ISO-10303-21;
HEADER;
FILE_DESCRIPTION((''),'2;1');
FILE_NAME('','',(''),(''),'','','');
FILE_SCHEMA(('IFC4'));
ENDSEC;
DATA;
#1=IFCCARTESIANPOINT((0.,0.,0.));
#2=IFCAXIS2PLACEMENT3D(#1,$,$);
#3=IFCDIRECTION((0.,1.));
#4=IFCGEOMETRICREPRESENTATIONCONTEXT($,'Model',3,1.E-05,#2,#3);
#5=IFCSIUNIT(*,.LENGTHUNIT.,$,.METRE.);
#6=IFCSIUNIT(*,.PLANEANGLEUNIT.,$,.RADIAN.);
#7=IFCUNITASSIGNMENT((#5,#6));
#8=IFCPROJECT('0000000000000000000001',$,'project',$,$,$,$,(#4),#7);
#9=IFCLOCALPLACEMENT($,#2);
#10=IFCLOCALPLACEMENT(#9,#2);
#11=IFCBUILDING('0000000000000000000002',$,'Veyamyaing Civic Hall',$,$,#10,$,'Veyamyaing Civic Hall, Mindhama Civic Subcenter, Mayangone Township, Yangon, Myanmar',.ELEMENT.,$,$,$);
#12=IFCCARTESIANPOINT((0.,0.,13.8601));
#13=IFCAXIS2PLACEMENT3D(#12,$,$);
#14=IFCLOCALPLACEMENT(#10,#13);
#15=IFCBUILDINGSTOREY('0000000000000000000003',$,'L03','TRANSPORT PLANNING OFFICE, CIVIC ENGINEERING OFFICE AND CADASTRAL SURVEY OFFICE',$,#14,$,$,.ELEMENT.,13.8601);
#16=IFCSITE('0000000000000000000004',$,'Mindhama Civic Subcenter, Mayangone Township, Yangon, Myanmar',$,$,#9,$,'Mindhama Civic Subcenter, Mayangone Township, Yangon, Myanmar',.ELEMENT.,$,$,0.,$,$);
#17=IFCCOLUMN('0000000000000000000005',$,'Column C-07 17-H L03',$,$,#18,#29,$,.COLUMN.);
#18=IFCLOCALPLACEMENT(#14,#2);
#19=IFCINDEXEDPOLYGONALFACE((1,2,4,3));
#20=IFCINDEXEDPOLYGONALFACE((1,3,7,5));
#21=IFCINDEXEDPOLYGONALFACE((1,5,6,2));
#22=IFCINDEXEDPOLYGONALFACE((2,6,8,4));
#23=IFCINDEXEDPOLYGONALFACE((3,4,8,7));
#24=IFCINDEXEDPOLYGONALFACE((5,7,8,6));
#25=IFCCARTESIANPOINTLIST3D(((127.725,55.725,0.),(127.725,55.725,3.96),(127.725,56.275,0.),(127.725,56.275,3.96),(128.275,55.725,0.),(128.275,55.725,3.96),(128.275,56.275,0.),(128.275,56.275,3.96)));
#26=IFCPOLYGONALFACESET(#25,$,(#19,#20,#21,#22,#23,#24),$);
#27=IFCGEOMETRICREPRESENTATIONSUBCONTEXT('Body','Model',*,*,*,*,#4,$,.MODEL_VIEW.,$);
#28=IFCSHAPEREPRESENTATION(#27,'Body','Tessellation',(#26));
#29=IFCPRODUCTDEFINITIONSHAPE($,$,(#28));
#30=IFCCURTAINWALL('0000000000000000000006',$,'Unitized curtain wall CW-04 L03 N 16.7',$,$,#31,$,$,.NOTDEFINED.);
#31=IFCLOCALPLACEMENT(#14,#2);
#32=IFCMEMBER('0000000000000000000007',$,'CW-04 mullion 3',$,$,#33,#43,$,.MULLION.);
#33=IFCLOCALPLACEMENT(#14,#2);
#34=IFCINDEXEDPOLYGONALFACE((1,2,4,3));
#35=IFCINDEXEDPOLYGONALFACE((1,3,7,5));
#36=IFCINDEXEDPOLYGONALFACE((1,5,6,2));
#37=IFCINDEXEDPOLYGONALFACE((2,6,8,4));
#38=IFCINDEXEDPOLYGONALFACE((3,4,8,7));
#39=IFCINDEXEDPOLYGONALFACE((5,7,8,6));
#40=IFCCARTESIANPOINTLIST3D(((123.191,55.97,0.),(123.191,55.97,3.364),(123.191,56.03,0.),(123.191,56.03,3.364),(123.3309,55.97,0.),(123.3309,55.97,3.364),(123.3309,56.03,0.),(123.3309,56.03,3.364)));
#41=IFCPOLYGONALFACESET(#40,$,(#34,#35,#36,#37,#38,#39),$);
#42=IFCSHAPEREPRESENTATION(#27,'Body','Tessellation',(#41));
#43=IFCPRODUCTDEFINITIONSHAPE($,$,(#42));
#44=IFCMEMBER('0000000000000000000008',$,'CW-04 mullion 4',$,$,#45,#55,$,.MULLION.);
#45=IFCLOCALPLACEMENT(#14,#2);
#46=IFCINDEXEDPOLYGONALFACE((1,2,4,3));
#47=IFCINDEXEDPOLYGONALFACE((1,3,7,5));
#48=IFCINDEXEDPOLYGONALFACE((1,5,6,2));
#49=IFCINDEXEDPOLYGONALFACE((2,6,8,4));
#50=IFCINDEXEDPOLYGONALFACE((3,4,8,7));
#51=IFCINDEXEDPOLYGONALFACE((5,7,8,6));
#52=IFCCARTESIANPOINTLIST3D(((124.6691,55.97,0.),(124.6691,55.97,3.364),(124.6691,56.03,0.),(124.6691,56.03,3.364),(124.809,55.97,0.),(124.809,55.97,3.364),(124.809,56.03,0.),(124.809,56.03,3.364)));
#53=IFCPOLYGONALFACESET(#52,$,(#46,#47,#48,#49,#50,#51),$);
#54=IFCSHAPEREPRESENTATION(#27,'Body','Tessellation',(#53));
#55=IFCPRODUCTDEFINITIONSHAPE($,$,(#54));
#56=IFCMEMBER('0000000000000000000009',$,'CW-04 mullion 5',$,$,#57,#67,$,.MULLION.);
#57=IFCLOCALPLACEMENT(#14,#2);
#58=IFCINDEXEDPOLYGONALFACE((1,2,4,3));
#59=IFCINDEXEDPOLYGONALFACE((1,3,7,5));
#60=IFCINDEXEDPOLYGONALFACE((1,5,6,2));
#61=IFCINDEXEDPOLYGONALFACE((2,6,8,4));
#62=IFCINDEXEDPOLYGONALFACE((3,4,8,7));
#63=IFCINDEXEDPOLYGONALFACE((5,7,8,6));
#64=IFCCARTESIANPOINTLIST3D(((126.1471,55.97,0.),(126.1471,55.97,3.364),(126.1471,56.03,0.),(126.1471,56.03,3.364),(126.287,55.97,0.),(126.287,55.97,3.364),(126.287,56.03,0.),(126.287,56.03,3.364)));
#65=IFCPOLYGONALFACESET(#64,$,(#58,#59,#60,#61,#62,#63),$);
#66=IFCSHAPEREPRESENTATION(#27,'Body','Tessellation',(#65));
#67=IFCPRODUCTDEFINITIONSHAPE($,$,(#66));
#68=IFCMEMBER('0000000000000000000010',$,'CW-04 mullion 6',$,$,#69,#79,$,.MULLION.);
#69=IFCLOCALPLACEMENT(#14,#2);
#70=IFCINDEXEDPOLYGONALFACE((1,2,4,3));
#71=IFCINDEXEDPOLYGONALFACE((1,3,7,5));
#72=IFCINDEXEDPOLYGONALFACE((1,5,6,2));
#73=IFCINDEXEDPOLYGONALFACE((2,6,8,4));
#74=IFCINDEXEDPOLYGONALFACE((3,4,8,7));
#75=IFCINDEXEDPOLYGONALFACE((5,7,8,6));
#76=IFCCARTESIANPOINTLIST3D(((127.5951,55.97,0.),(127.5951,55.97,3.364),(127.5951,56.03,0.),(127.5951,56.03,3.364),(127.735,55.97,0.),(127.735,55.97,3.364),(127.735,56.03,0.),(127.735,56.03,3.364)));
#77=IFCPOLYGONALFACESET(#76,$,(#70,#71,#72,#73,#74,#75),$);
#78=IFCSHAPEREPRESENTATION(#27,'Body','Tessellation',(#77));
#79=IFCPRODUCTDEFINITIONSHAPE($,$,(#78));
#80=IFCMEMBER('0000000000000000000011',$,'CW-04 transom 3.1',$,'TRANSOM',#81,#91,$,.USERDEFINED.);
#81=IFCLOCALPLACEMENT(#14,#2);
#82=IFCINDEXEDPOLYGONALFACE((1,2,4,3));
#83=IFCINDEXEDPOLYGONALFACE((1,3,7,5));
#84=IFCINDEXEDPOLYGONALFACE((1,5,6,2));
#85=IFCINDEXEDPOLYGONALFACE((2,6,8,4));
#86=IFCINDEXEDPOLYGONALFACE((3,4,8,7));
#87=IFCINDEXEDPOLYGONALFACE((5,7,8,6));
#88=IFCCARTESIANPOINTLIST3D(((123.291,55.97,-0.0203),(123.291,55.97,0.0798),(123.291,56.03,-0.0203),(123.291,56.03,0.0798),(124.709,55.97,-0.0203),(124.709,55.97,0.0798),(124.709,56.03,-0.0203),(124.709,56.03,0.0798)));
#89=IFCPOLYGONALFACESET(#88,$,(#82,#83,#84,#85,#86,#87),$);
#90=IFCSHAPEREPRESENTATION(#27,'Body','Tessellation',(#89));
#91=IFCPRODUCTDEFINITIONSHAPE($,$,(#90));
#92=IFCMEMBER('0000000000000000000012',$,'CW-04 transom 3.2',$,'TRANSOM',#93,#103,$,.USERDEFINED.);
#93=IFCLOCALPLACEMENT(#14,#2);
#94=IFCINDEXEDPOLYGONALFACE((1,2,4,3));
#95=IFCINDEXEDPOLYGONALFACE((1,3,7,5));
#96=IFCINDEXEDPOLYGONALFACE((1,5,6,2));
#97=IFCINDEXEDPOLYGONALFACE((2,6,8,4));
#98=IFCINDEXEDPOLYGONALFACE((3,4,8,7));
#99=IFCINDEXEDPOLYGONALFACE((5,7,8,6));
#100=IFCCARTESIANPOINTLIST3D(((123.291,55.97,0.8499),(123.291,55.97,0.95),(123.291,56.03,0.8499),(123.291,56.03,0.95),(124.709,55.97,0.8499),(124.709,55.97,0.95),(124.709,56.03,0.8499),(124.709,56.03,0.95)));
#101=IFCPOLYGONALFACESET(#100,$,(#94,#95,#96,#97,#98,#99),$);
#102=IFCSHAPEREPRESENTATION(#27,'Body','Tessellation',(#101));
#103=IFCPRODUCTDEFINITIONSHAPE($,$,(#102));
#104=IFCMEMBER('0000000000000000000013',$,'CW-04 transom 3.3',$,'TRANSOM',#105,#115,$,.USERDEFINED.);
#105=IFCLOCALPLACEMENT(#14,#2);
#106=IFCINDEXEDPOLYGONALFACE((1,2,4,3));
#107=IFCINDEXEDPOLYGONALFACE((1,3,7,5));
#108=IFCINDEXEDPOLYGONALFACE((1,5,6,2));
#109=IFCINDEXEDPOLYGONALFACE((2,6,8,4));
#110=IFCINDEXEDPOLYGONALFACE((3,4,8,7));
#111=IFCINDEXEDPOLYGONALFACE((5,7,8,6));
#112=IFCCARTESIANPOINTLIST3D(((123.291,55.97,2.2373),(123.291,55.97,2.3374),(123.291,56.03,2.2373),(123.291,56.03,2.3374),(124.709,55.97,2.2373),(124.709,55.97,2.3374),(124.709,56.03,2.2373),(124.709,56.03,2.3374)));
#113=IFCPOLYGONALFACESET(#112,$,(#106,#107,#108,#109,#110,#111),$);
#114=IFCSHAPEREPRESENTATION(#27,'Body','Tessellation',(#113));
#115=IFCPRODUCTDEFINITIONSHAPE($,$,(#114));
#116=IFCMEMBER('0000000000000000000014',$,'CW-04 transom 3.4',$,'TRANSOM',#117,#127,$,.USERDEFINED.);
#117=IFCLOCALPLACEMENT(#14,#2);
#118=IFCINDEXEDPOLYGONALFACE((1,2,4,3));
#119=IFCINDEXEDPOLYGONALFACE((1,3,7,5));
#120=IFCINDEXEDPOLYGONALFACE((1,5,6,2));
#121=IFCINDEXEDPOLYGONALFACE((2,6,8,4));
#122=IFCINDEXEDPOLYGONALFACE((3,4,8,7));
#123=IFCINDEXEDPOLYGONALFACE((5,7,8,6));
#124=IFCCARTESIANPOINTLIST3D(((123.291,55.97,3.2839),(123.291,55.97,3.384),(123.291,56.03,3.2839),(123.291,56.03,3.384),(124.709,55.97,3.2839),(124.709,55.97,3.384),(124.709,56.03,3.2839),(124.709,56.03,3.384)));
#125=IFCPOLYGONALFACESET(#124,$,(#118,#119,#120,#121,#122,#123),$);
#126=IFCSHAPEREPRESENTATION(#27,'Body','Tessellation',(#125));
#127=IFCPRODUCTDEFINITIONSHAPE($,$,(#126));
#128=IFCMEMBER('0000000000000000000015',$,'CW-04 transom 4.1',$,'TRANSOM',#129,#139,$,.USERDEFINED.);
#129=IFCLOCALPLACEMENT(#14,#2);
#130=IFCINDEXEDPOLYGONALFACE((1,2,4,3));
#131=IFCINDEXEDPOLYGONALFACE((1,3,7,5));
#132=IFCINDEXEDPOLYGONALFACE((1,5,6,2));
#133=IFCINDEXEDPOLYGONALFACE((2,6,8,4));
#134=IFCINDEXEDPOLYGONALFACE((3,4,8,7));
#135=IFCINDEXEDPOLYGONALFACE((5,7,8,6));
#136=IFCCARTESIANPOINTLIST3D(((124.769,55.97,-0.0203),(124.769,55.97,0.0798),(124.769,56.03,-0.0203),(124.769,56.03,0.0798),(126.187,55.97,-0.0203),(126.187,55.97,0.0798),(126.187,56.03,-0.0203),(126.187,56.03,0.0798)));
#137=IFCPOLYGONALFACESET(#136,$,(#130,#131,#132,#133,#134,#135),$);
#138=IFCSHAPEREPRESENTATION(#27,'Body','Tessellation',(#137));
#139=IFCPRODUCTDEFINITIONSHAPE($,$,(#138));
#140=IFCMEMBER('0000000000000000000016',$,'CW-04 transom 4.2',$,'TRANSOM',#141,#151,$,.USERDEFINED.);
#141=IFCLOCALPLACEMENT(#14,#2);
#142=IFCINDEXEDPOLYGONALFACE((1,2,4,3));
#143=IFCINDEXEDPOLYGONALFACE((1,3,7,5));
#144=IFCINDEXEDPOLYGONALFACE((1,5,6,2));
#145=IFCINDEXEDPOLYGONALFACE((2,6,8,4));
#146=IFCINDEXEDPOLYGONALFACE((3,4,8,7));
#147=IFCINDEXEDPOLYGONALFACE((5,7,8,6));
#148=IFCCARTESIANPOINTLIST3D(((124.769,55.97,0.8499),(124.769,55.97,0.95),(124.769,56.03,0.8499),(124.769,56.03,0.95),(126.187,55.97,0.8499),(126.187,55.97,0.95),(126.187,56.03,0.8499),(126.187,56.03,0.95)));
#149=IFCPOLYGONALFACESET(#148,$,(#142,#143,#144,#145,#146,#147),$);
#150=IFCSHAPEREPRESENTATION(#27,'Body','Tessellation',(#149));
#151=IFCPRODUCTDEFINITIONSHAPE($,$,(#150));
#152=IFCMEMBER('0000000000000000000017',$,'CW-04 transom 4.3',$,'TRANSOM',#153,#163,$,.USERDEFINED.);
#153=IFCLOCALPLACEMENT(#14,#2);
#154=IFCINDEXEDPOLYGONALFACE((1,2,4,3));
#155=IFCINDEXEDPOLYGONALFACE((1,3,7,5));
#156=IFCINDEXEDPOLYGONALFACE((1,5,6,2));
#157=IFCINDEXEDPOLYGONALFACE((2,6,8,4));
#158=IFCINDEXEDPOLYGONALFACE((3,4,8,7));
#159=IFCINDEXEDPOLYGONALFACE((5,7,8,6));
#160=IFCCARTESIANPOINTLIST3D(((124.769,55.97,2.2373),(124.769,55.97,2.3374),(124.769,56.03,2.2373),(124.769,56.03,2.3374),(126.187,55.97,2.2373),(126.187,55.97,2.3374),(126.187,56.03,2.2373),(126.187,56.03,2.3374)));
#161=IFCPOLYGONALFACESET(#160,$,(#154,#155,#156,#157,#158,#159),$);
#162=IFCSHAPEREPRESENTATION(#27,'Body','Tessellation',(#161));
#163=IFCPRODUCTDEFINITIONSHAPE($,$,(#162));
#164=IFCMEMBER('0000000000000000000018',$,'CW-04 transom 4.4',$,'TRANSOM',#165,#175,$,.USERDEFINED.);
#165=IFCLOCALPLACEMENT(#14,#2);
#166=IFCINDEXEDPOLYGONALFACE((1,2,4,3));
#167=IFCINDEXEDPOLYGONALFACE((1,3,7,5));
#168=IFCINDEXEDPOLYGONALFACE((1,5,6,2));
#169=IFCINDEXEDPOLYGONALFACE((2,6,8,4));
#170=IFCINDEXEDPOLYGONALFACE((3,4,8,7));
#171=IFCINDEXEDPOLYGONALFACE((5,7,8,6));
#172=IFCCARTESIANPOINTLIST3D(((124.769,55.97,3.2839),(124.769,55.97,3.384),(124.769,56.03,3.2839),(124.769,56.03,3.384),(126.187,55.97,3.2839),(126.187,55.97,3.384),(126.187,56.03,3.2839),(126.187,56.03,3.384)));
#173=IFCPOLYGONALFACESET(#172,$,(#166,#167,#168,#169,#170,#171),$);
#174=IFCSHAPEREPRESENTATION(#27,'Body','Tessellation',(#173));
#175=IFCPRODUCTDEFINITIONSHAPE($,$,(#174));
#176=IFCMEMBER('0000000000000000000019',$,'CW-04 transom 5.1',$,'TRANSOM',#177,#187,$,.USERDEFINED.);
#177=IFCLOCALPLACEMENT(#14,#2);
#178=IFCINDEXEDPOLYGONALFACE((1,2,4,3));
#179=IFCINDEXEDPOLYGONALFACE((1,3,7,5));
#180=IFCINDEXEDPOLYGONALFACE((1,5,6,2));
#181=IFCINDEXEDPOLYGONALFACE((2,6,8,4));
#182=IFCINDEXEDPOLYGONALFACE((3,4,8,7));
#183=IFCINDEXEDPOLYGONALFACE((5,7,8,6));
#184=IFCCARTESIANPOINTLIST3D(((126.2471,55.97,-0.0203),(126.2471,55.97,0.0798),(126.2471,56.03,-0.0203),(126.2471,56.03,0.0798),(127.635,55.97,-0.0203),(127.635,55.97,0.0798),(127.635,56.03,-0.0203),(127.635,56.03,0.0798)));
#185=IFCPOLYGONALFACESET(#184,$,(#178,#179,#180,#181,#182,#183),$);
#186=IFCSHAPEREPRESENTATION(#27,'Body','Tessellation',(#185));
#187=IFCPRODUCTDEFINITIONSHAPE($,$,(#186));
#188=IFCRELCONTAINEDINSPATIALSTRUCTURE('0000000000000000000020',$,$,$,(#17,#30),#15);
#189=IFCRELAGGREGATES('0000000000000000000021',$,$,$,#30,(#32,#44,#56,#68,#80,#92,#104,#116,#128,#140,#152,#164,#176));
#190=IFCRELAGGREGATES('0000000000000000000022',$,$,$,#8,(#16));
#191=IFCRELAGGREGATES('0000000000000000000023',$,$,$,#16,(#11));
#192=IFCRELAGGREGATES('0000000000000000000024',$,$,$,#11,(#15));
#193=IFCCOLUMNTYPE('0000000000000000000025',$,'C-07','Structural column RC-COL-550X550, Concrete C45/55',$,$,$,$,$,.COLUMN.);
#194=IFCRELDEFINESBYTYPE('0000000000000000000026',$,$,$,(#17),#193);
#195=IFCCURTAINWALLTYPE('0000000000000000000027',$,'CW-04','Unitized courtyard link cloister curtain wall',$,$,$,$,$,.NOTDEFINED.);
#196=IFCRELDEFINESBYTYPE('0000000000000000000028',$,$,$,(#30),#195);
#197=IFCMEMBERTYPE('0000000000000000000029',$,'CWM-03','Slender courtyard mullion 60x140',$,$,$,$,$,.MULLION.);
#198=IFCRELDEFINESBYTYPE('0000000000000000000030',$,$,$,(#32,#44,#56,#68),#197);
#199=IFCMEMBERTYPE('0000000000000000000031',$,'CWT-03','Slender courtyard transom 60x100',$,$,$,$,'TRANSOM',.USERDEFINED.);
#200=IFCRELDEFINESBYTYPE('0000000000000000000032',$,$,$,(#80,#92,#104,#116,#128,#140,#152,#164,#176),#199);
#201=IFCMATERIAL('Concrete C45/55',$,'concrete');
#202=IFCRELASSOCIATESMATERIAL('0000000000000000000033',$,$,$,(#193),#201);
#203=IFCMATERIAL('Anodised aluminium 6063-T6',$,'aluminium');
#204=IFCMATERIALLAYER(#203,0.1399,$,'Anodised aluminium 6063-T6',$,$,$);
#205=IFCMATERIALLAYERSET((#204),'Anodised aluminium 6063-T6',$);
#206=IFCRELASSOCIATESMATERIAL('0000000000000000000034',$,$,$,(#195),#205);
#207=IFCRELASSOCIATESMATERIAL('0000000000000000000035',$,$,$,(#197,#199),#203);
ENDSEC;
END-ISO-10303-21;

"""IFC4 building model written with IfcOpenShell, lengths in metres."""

from ifc_helpers import new_model, si_unit, direction, frame, origin, origin_2d, place, context, subcontext, project, spatial, rectangle, extrude, material, layer, layer_set, material_profile, profile_set, type_object, element, aggregate, save


model = new_model("IFC4")

# Units and contexts
model_context = context("Model", 3, precision=1e-05, world=origin(), true_north=direction((0.0, 1.0)))
body_context = subcontext(model_context, "Body", "Model", "MODEL_VIEW")
ifc_project = project(units=[si_unit("LENGTHUNIT", "METRE"), si_unit("PLANEANGLEUNIT", "RADIAN")], contexts=[model_context])

# Site, building, storey
site_placement = place(None, origin())
site = spatial("IfcSite", under=ifc_project, at=site_placement, Name="Mindhama Civic Subcenter, Mayangone Township, Yangon, Myanmar", LongName="Mindhama Civic Subcenter, Mayangone Township, Yangon, Myanmar", CompositionType="ELEMENT", RefElevation=0.0)
building_placement = place(site_placement, origin())
building = spatial("IfcBuilding", under=site, at=building_placement, Name="Veyamyaing Civic Hall", LongName="Veyamyaing Civic Hall, Mindhama Civic Subcenter, Mayangone Township, Yangon, Myanmar", CompositionType="ELEMENT")
storey_placement = place(building_placement, frame((0.0, 0.0, 13.8601)))
storey = spatial("IfcBuildingStorey", under=building, at=storey_placement, Name="L03", Description="TRANSPORT PLANNING OFFICE, CIVIC ENGINEERING OFFICE AND CADASTRAL SURVEY OFFICE", CompositionType="ELEMENT", Elevation=13.8601)

# Column
ifc_material_1 = material(Name="Concrete C45/55", Category="concrete")
ifc_material_profile_1 = material_profile(ifc_material_1, rectangle(XDim=0.55, YDim=0.55, at=origin_2d()), Name="RC-COL-550X550")
ifc_profile_set_1 = profile_set([ifc_material_profile_1], Name="Concrete C45/55")
column_type = type_object("IfcColumnType", Name="C-07", Description="Structural column RC-COL-550X550, Concrete C45/55", PredefinedType="COLUMN", material=ifc_profile_set_1)
column_placement = place(storey_placement, frame((128.0, 56.0, 0.0), z_axis=(0.0, 0.0, 1.0), x_axis=(1.0, 0.0, 0.0)))
element("IfcColumn", 1, at=column_placement, inside=storey, type_object=column_type, Name="Column C-07 17-H L03", PredefinedType="COLUMN", context=body_context, shape_type="SweptSolid", body=[
    extrude(rectangle(XDim=0.55, YDim=0.55, at=origin_2d()), origin(), (0.0, 0.0, 1.0), 3.96),
])

# Curtain wall, members
ifc_material_2 = material(Name="Anodised aluminium 6063-T6", Category="aluminium")
ifc_layer_1 = layer(ifc_material_2, 0.1399, Name="Anodised aluminium 6063-T6")
ifc_layer_set_1 = layer_set([ifc_layer_1], Name="Anodised aluminium 6063-T6")
curtain_wall_type = type_object("IfcCurtainWallType", Name="CW-04", Description="Unitized courtyard link cloister curtain wall", PredefinedType="NOTDEFINED", material=ifc_layer_set_1)
curtain_wall_placement = place(storey_placement, origin())
curtain_wall = element("IfcCurtainWall", 2, at=curtain_wall_placement, inside=storey, type_object=curtain_wall_type, Name="Unitized curtain wall CW-04 L03 N 16.7", PredefinedType="NOTDEFINED")
ifc_material_profile_2 = material_profile(ifc_material_2, rectangle(XDim=0.0601, YDim=0.1399, at=origin_2d()), Name="ALU-MUL-60X140")
ifc_profile_set_2 = profile_set([ifc_material_profile_2], Name="Anodised aluminium 6063-T6")
member_type_1 = type_object("IfcMemberType", Name="CWM-03", Description="Slender courtyard mullion 60x140", PredefinedType="MULLION", material=ifc_profile_set_2)
member_1_placement = place(storey_placement, frame((123.261, 56.0, 0.0), z_axis=(0.0, 0.0, 1.0), x_axis=(0.0, 1.0, 0.0)))
member_1 = element("IfcMember", 3, at=member_1_placement, type_object=member_type_1, Name="CW-04 mullion 3", PredefinedType="MULLION", context=body_context, shape_type="SweptSolid", body=[
    extrude(rectangle(XDim=0.0601, YDim=0.1399, at=origin_2d()), origin(), (0.0, 0.0, 1.0), 3.364),
])
member_2_placement = place(storey_placement, frame((124.739, 56.0, 0.0), z_axis=(0.0, 0.0, 1.0), x_axis=(0.0, 1.0, 0.0)))
member_2 = element("IfcMember", 4, at=member_2_placement, type_object=member_type_1, Name="CW-04 mullion 4", PredefinedType="MULLION", context=body_context, shape_type="SweptSolid", body=[
    extrude(rectangle(XDim=0.0601, YDim=0.1399, at=origin_2d()), origin(), (0.0, 0.0, 1.0), 3.364),
])
member_3_placement = place(storey_placement, frame((126.217, 56.0, 0.0), z_axis=(0.0, 0.0, 1.0), x_axis=(0.0, 1.0, 0.0)))
member_3 = element("IfcMember", 5, at=member_3_placement, type_object=member_type_1, Name="CW-04 mullion 5", PredefinedType="MULLION", context=body_context, shape_type="SweptSolid", body=[
    extrude(rectangle(XDim=0.0601, YDim=0.1399, at=origin_2d()), origin(), (0.0, 0.0, 1.0), 3.364),
])
member_4_placement = place(storey_placement, frame((127.665, 56.0, 0.0), z_axis=(0.0, 0.0, 1.0), x_axis=(0.0, 1.0, 0.0)))
member_4 = element("IfcMember", 6, at=member_4_placement, type_object=member_type_1, Name="CW-04 mullion 6", PredefinedType="MULLION", context=body_context, shape_type="SweptSolid", body=[
    extrude(rectangle(XDim=0.0601, YDim=0.1399, at=origin_2d()), origin(), (0.0, 0.0, 1.0), 3.364),
])
ifc_material_profile_3 = material_profile(ifc_material_2, rectangle(XDim=0.0601, YDim=0.1001, at=origin_2d()), Name="ALU-TRN-60X100")
ifc_profile_set_3 = profile_set([ifc_material_profile_3], Name="Anodised aluminium 6063-T6")
member_type_2 = type_object("IfcMemberType", Name="CWT-03", Description="Slender courtyard transom 60x100", ElementType="TRANSOM", PredefinedType="USERDEFINED", material=ifc_profile_set_3)
member_5_placement = place(storey_placement, frame((123.291, 56.0, 0.0298), z_axis=(1.0, 0.0, 0.0), x_axis=(0.0, 1.0, 0.0)))
member_5 = element("IfcMember", 7, at=member_5_placement, type_object=member_type_2, Name="CW-04 transom 3.1", ObjectType="TRANSOM", PredefinedType="USERDEFINED", context=body_context, shape_type="SweptSolid", body=[
    extrude(rectangle(XDim=0.0601, YDim=0.1001, at=origin_2d()), origin(), (0.0, 0.0, 1.0), 1.418),
])
member_6_placement = place(storey_placement, frame((123.291, 56.0, 0.8999), z_axis=(1.0, 0.0, 0.0), x_axis=(0.0, 1.0, 0.0)))
member_6 = element("IfcMember", 8, at=member_6_placement, type_object=member_type_2, Name="CW-04 transom 3.2", ObjectType="TRANSOM", PredefinedType="USERDEFINED", context=body_context, shape_type="SweptSolid", body=[
    extrude(rectangle(XDim=0.0601, YDim=0.1001, at=origin_2d()), origin(), (0.0, 0.0, 1.0), 1.418),
])
member_7_placement = place(storey_placement, frame((123.291, 56.0, 2.2874), z_axis=(1.0, 0.0, 0.0), x_axis=(0.0, 1.0, 0.0)))
member_7 = element("IfcMember", 9, at=member_7_placement, type_object=member_type_2, Name="CW-04 transom 3.3", ObjectType="TRANSOM", PredefinedType="USERDEFINED", context=body_context, shape_type="SweptSolid", body=[
    extrude(rectangle(XDim=0.0601, YDim=0.1001, at=origin_2d()), origin(), (0.0, 0.0, 1.0), 1.418),
])
member_8_placement = place(storey_placement, frame((123.291, 56.0, 3.334), z_axis=(1.0, 0.0, 0.0), x_axis=(0.0, 1.0, 0.0)))
member_8 = element("IfcMember", 10, at=member_8_placement, type_object=member_type_2, Name="CW-04 transom 3.4", ObjectType="TRANSOM", PredefinedType="USERDEFINED", context=body_context, shape_type="SweptSolid", body=[
    extrude(rectangle(XDim=0.0601, YDim=0.1001, at=origin_2d()), origin(), (0.0, 0.0, 1.0), 1.418),
])
member_9_placement = place(storey_placement, frame((124.769, 56.0, 0.0298), z_axis=(1.0, 0.0, 0.0), x_axis=(0.0, 1.0, 0.0)))
member_9 = element("IfcMember", 11, at=member_9_placement, type_object=member_type_2, Name="CW-04 transom 4.1", ObjectType="TRANSOM", PredefinedType="USERDEFINED", context=body_context, shape_type="SweptSolid", body=[
    extrude(rectangle(XDim=0.0601, YDim=0.1001, at=origin_2d()), origin(), (0.0, 0.0, 1.0), 1.418),
])
member_10_placement = place(storey_placement, frame((124.769, 56.0, 0.8999), z_axis=(1.0, 0.0, 0.0), x_axis=(0.0, 1.0, 0.0)))
member_10 = element("IfcMember", 12, at=member_10_placement, type_object=member_type_2, Name="CW-04 transom 4.2", ObjectType="TRANSOM", PredefinedType="USERDEFINED", context=body_context, shape_type="SweptSolid", body=[
    extrude(rectangle(XDim=0.0601, YDim=0.1001, at=origin_2d()), origin(), (0.0, 0.0, 1.0), 1.418),
])
member_11_placement = place(storey_placement, frame((124.769, 56.0, 2.2874), z_axis=(1.0, 0.0, 0.0), x_axis=(0.0, 1.0, 0.0)))
member_11 = element("IfcMember", 13, at=member_11_placement, type_object=member_type_2, Name="CW-04 transom 4.3", ObjectType="TRANSOM", PredefinedType="USERDEFINED", context=body_context, shape_type="SweptSolid", body=[
    extrude(rectangle(XDim=0.0601, YDim=0.1001, at=origin_2d()), origin(), (0.0, 0.0, 1.0), 1.418),
])
member_12_placement = place(storey_placement, frame((124.769, 56.0, 3.334), z_axis=(1.0, 0.0, 0.0), x_axis=(0.0, 1.0, 0.0)))
member_12 = element("IfcMember", 14, at=member_12_placement, type_object=member_type_2, Name="CW-04 transom 4.4", ObjectType="TRANSOM", PredefinedType="USERDEFINED", context=body_context, shape_type="SweptSolid", body=[
    extrude(rectangle(XDim=0.0601, YDim=0.1001, at=origin_2d()), origin(), (0.0, 0.0, 1.0), 1.418),
])
member_13_placement = place(storey_placement, frame((126.2471, 56.0, 0.0298), z_axis=(1.0, 0.0, 0.0), x_axis=(0.0, 1.0, 0.0)))
member_13 = element("IfcMember", 15, at=member_13_placement, type_object=member_type_2, Name="CW-04 transom 5.1", ObjectType="TRANSOM", PredefinedType="USERDEFINED", context=body_context, shape_type="SweptSolid", body=[
    extrude(rectangle(XDim=0.0601, YDim=0.1001, at=origin_2d()), origin(), (0.0, 0.0, 1.0), 1.3879),
])

aggregate(curtain_wall, [member_1, member_2, member_3, member_4, member_5, member_6, member_7, member_8, member_9, member_10, member_11, member_12, member_13])

save(model, "model.ifc")
